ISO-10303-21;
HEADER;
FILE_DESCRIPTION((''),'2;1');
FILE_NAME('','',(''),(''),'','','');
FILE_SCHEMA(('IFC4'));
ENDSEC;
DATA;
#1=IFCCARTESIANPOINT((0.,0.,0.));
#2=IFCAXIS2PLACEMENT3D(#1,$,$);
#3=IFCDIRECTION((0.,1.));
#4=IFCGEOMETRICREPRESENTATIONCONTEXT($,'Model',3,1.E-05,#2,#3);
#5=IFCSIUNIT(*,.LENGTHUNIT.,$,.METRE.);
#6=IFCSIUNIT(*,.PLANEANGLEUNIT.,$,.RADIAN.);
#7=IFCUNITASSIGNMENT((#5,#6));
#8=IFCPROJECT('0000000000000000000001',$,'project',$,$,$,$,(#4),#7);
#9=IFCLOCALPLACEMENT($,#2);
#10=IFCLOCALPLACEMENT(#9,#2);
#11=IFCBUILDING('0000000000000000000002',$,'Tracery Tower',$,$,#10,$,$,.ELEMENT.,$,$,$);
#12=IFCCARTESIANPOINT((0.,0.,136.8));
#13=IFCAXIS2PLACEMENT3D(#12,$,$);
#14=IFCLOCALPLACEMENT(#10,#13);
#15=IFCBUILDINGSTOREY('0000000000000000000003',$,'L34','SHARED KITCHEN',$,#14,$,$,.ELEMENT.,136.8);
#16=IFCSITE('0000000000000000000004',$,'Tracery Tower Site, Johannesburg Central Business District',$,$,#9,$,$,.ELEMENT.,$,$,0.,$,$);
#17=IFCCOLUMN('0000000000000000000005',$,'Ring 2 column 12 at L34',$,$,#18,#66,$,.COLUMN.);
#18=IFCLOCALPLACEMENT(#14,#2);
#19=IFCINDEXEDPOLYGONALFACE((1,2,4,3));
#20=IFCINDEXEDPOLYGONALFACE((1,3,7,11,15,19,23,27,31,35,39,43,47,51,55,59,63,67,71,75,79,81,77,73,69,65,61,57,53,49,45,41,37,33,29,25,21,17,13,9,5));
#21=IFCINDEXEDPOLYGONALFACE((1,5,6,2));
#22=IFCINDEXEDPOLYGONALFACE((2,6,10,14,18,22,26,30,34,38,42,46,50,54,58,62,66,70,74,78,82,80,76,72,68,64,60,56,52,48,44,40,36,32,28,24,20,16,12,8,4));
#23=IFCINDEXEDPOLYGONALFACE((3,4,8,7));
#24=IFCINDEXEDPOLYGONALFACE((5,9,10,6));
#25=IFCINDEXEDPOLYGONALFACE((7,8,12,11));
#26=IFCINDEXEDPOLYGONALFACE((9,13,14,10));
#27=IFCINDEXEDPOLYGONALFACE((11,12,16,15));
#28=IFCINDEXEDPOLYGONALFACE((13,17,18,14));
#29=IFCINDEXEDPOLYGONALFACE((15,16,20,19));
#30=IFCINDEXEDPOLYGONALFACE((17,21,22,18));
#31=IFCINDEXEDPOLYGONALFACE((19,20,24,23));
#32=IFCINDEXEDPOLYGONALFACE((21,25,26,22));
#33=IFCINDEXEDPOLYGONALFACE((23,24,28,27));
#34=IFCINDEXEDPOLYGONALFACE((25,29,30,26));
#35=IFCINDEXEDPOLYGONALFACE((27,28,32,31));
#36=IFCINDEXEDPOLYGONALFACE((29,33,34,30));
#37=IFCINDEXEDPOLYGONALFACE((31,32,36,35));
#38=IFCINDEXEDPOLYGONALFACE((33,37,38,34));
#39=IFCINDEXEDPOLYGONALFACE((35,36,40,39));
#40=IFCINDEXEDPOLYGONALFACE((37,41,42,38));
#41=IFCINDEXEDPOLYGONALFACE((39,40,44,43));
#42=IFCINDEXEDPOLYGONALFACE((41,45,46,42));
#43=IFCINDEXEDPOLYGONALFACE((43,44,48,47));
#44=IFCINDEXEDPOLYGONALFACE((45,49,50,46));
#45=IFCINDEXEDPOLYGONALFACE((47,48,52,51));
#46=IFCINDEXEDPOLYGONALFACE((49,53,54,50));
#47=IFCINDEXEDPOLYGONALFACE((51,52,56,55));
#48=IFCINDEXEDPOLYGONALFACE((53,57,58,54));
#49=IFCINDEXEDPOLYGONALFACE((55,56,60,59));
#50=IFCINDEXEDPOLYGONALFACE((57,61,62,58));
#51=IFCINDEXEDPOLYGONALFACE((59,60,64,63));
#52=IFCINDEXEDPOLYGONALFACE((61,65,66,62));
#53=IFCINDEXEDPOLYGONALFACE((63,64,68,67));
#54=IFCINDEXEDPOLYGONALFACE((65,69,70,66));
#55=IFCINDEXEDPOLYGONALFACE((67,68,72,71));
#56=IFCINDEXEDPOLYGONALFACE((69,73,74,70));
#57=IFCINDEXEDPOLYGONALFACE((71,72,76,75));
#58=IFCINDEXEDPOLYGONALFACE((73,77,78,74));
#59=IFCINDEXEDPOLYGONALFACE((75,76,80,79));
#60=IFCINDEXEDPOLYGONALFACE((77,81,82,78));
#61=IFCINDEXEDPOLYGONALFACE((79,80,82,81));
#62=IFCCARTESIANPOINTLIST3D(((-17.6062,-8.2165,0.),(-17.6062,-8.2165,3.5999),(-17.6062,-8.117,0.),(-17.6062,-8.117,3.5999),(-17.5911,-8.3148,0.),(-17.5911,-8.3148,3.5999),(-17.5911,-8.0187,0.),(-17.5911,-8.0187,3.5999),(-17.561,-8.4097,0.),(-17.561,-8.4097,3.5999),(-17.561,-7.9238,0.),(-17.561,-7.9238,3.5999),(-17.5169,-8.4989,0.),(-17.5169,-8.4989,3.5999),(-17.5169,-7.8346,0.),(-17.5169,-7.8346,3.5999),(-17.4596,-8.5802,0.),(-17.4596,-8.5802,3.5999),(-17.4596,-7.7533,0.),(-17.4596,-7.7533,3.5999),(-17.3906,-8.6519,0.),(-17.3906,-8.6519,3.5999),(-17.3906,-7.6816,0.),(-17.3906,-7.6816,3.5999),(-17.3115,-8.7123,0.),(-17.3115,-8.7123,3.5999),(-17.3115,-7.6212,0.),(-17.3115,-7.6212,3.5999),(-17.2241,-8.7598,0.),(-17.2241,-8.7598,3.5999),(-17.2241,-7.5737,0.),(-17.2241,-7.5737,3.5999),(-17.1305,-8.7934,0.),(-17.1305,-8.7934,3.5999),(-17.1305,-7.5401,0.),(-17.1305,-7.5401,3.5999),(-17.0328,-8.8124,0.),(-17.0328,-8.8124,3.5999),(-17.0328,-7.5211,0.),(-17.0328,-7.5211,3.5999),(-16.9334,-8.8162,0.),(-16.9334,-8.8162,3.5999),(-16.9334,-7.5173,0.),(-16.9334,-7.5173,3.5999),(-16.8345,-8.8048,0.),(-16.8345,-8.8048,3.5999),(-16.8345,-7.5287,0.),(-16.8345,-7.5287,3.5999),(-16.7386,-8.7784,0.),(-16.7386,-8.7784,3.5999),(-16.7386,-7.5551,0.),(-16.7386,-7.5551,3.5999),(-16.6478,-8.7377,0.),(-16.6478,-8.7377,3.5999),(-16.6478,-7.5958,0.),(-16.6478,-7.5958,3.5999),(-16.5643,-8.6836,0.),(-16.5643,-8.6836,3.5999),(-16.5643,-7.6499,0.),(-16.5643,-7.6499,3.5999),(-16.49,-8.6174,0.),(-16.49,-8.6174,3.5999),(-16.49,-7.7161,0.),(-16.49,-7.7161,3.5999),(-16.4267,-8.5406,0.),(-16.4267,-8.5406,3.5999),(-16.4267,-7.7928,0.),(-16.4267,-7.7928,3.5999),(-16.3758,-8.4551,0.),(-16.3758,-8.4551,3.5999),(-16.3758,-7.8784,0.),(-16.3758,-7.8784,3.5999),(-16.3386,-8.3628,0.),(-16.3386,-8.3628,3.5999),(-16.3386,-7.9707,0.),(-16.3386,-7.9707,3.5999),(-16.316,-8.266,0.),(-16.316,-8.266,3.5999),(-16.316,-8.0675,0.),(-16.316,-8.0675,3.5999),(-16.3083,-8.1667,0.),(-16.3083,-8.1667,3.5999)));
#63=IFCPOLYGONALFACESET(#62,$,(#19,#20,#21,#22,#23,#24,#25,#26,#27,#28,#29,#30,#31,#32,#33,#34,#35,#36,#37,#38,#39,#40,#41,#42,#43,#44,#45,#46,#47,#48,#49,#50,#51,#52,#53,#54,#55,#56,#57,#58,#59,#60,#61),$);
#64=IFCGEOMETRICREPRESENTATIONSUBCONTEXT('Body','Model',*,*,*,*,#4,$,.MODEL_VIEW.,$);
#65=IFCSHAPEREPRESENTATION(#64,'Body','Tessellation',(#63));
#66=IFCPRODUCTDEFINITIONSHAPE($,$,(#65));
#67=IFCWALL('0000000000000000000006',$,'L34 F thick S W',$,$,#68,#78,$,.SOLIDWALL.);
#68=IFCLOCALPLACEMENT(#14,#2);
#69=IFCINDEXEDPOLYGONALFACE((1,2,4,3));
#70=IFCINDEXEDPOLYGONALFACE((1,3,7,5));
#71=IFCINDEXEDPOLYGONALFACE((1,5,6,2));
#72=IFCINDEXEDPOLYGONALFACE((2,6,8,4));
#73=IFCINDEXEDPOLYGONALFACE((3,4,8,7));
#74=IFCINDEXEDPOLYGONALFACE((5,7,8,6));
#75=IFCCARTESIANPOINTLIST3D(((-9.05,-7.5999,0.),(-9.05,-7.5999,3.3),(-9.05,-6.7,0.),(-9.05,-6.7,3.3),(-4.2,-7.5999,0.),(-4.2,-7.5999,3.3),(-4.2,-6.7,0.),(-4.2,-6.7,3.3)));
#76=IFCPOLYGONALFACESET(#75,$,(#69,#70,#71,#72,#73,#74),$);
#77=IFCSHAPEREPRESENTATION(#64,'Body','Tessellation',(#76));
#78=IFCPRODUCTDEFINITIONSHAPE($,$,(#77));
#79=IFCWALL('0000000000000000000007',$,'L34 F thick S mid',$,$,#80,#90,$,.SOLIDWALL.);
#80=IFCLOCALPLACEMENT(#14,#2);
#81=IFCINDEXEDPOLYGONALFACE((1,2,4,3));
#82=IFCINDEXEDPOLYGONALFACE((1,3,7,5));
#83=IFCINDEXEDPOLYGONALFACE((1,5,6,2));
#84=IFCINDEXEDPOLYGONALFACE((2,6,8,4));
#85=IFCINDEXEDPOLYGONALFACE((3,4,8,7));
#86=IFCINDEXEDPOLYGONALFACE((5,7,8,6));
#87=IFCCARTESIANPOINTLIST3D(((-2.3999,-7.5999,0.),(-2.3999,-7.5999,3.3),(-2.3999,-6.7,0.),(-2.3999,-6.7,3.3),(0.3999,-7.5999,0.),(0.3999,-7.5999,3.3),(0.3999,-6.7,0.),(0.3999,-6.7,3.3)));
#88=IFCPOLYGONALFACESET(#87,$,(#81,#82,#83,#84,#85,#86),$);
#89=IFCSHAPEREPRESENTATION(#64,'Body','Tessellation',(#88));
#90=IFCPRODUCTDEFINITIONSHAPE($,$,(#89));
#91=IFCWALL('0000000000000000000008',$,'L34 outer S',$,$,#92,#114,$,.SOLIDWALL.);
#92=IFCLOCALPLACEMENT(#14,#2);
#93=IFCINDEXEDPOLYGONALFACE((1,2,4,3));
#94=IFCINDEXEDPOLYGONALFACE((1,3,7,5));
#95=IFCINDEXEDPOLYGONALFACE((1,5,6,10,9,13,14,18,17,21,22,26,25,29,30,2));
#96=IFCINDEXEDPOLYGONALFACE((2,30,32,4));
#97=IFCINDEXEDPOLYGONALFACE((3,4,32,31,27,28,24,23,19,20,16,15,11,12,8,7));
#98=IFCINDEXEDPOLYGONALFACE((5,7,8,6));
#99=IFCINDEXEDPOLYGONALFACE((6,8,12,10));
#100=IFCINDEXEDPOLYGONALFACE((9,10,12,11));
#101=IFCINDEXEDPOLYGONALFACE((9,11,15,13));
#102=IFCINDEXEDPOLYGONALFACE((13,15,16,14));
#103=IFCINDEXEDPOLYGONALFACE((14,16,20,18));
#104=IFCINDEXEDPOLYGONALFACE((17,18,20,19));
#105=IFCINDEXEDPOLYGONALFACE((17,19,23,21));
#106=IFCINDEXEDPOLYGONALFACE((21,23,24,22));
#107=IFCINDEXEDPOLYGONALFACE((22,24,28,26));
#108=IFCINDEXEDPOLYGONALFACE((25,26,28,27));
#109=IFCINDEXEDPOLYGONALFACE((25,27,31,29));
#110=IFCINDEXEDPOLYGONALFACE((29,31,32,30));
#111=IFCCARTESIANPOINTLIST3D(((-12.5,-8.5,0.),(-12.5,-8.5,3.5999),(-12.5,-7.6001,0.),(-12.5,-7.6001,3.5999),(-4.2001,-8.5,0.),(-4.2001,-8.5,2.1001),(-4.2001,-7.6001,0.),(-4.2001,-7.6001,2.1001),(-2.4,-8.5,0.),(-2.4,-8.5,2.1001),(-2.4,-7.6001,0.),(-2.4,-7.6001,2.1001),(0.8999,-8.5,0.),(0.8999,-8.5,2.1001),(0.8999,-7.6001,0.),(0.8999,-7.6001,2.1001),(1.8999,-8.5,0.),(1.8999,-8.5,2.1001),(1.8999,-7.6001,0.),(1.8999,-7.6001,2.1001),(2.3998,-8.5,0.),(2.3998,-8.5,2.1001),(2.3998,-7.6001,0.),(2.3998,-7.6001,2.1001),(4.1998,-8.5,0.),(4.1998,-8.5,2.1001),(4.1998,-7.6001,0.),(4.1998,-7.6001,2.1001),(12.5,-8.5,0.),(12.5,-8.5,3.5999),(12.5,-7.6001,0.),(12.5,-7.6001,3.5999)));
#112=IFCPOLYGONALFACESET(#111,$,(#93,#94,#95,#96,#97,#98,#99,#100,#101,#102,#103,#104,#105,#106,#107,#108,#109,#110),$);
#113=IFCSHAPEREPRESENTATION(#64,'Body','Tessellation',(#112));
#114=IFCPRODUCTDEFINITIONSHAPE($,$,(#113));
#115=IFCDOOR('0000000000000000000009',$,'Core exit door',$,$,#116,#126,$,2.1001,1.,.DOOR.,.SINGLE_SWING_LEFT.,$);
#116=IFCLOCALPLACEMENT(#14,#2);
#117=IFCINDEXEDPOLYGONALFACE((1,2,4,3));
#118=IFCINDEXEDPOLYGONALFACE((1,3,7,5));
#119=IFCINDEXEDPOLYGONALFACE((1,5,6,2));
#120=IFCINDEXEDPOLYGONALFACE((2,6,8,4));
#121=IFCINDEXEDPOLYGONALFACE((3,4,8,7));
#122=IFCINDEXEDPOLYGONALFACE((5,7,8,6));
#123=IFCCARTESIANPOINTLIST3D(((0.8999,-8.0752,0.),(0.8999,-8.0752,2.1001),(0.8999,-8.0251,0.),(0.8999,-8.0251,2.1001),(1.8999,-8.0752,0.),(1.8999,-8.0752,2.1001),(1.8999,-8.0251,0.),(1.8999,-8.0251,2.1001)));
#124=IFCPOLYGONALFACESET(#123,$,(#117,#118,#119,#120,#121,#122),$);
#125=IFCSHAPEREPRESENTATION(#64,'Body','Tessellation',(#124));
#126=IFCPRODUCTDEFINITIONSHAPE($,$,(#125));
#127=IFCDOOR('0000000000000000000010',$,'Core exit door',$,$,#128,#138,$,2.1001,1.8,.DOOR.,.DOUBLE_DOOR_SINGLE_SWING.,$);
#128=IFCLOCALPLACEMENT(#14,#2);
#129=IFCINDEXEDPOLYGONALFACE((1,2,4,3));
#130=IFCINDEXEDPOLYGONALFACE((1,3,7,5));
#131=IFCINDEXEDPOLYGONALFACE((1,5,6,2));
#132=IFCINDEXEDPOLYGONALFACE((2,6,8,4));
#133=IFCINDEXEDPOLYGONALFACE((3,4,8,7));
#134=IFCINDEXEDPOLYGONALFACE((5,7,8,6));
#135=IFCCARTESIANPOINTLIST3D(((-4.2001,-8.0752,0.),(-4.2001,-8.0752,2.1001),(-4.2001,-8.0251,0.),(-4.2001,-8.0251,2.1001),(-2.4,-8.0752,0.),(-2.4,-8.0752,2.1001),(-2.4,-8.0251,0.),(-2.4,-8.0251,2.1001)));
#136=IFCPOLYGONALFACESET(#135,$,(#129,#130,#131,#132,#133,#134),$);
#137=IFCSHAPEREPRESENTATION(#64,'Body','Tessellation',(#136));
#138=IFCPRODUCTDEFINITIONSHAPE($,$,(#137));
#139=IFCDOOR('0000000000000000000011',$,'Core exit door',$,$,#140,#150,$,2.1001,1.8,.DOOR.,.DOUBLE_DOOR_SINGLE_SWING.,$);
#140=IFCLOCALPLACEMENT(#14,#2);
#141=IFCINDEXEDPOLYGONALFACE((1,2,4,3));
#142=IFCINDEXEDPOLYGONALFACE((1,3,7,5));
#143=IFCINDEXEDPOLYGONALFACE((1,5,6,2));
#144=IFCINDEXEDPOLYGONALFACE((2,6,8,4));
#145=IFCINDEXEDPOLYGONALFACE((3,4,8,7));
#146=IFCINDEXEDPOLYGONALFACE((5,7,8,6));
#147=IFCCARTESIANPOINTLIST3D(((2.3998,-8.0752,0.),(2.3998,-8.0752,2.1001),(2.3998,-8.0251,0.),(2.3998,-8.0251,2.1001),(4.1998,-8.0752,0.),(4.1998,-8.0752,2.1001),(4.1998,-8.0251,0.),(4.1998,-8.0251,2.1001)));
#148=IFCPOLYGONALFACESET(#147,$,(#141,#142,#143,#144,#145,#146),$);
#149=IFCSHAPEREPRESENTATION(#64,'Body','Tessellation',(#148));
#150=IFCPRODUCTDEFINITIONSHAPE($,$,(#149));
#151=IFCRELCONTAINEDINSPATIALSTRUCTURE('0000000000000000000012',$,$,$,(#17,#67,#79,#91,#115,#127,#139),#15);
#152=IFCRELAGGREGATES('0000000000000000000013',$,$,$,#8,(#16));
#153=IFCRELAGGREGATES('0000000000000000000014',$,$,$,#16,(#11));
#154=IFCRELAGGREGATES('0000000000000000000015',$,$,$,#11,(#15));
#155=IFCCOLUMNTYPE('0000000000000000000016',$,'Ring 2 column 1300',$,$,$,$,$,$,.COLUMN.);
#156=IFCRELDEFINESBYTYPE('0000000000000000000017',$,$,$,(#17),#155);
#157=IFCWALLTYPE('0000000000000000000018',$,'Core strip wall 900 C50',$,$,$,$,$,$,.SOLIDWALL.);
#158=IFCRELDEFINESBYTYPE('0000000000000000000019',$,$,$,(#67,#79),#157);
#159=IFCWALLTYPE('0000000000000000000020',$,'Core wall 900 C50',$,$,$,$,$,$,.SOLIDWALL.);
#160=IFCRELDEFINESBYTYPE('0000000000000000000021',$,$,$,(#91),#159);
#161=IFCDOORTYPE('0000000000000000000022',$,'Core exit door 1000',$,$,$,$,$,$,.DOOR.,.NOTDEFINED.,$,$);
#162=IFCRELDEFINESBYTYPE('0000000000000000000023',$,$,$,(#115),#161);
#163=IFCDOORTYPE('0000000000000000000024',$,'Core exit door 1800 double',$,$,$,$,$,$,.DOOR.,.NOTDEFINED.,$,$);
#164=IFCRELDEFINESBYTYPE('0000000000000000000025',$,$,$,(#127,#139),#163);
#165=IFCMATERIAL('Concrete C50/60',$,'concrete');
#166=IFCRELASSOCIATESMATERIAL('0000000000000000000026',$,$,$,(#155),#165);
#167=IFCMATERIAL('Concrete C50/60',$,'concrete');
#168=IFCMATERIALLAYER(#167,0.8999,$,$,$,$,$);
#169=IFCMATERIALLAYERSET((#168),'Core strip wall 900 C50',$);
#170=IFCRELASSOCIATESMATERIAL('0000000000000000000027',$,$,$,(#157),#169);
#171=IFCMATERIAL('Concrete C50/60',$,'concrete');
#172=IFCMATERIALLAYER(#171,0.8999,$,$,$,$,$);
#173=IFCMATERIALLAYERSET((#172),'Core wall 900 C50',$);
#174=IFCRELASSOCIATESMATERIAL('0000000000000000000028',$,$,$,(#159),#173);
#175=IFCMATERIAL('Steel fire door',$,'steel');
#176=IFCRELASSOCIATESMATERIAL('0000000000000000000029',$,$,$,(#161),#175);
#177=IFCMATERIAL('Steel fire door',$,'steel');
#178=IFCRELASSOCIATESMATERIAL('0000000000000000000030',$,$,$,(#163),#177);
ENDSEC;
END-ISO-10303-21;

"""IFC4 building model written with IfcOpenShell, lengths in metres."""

from ifc_helpers import new_model, si_unit, direction, frame, frame_2d, origin, origin_2d, place, context, subcontext, project, spatial, rectangle, circle, extrude, material, layer, layer_set, material_profile, profile_set, type_object, element, fill, save


model = new_model("IFC4")

# Units and contexts
model_context = context("Model", 3, precision=1e-05, world=origin(), true_north=direction((0.0, 1.0)))
body_context = subcontext(model_context, "Body", "Model", "MODEL_VIEW")
ifc_project = project(units=[si_unit("LENGTHUNIT", "METRE"), si_unit("PLANEANGLEUNIT", "RADIAN")], contexts=[model_context])

# Site, building, storey
site_placement = place(None, origin())
site = spatial("IfcSite", under=ifc_project, at=site_placement, Name="Tracery Tower Site, Johannesburg Central Business District", CompositionType="ELEMENT", RefElevation=0.0)
building_placement = place(site_placement, origin())
building = spatial("IfcBuilding", under=site, at=building_placement, Name="Tracery Tower", CompositionType="ELEMENT")
storey_placement = place(building_placement, frame((0.0, 0.0, 136.8)))
storey = spatial("IfcBuildingStorey", under=building, at=storey_placement, Name="L34", Description="SHARED KITCHEN", CompositionType="ELEMENT", Elevation=136.8)

# Column
ifc_material_1 = material(Name="Concrete C50/60", Category="concrete")
ifc_material_profile = material_profile(ifc_material_1, circle(Radius=0.6499, at=origin_2d()), Name="RC D1300")
ifc_profile_set = profile_set([ifc_material_profile], Name="Concrete C50/60")
column_type = type_object("IfcColumnType", Name="Ring 2 column 1300", PredefinedType="COLUMN", material=ifc_profile_set)
column_placement = place(storey_placement, frame((-16.9583, -8.1667, 0.0), z_axis=(0.0, 0.0, 1.0), x_axis=(1.0, 0.0, 0.0)))
element("IfcColumn", 1, at=column_placement, inside=storey, type_object=column_type, Name="Ring 2 column 12 at L34", PredefinedType="COLUMN", context=body_context, shape_type="SweptSolid", body=[
    extrude(circle(Radius=0.6499, at=origin_2d()), origin(), (0.0, 0.0, 1.0), 3.5999),
])

# Walls
ifc_material_2 = material(Name="Concrete C50/60", Category="concrete")
ifc_layer_1 = layer(ifc_material_2, 0.8999)
ifc_layer_set_1 = layer_set([ifc_layer_1], Name="Core strip wall 900 C50")
wall_type_1 = type_object("IfcWallType", Name="Core strip wall 900 C50", PredefinedType="SOLIDWALL", material=ifc_layer_set_1)
wall_1_placement = place(storey_placement, frame((-9.05, -7.1499, 0.0), z_axis=(0.0, 0.0, 1.0), x_axis=(1.0, 0.0, 0.0)))
element("IfcWall", 2, at=wall_1_placement, inside=storey, type_object=wall_type_1, Name="L34 F thick S W", PredefinedType="SOLIDWALL", context=body_context, shape_type="SweptSolid", body=[
    extrude(rectangle(XDim=4.8501, YDim=0.8999, at=frame_2d((2.425, 0.0))), origin(), (0.0, 0.0, 1.0), 3.3),
])
wall_2_placement = place(storey_placement, frame((-2.3999, -7.1499, 0.0), z_axis=(0.0, 0.0, 1.0), x_axis=(1.0, 0.0, 0.0)))
element("IfcWall", 3, at=wall_2_placement, inside=storey, type_object=wall_type_1, Name="L34 F thick S mid", PredefinedType="SOLIDWALL", context=body_context, shape_type="SweptSolid", body=[
    extrude(rectangle(XDim=2.7998, YDim=0.8999, at=frame_2d((1.3999, 0.0))), origin(), (0.0, 0.0, 1.0), 3.3),
])

# Wall, openings, doors
ifc_material_3 = material(Name="Concrete C50/60", Category="concrete")
ifc_layer_2 = layer(ifc_material_3, 0.8999)
ifc_layer_set_2 = layer_set([ifc_layer_2], Name="Core wall 900 C50")
wall_type_2 = type_object("IfcWallType", Name="Core wall 900 C50", PredefinedType="SOLIDWALL", material=ifc_layer_set_2)
wall_3_placement = place(storey_placement, frame((-12.5, -8.05, 0.0), z_axis=(0.0, 0.0, 1.0), x_axis=(1.0, 0.0, 0.0)))
wall_3 = element("IfcWall", 4, at=wall_3_placement, inside=storey, type_object=wall_type_2, Name="L34 outer S", PredefinedType="SOLIDWALL", context=body_context, shape_type="SweptSolid", body=[
    extrude(rectangle(XDim=25.0, YDim=0.8999, at=frame_2d((12.5, 0.0))), origin(), (0.0, 0.0, 1.0), 3.5999),
])
opening_1_placement = place(wall_3_placement, frame((13.3999, 0.0, 0.0)))
opening_1 = element("IfcOpeningElement", 5, at=opening_1_placement, cuts=wall_3, PredefinedType="OPENING", context=body_context, shape_type="SweptSolid", body=[
    extrude(rectangle(XDim=1.0, YDim=2.1001, at=frame_2d((0.5, 1.05))), frame((0.0, 0.45, 0.0), z_axis=(0.0, -1.0, 0.0), x_axis=(1.0, 0.0, 0.0)), (0.0, 0.0, 1.0), 0.8999),
])
opening_2_placement = place(wall_3_placement, frame((8.3, 0.0, 0.0)))
opening_2 = element("IfcOpeningElement", 6, at=opening_2_placement, cuts=wall_3, PredefinedType="OPENING", context=body_context, shape_type="SweptSolid", body=[
    extrude(rectangle(XDim=1.8, YDim=2.1001, at=frame_2d((0.8999, 1.05))), frame((0.0, 0.45, 0.0), z_axis=(0.0, -1.0, 0.0), x_axis=(1.0, 0.0, 0.0)), (0.0, 0.0, 1.0), 0.8999),
])
opening_3_placement = place(wall_3_placement, frame((14.8999, 0.0, 0.0)))
opening_3 = element("IfcOpeningElement", 7, at=opening_3_placement, cuts=wall_3, PredefinedType="OPENING", context=body_context, shape_type="SweptSolid", body=[
    extrude(rectangle(XDim=1.8, YDim=2.1001, at=frame_2d((0.8999, 1.05))), frame((0.0, 0.45, 0.0), z_axis=(0.0, -1.0, 0.0), x_axis=(1.0, 0.0, 0.0)), (0.0, 0.0, 1.0), 0.8999),
])
ifc_material_4 = material(Name="Steel fire door", Category="steel")
door_type_1 = type_object("IfcDoorType", Name="Core exit door 1000", OperationType="NOTDEFINED", PredefinedType="DOOR", material=ifc_material_4)
door_1_placement = place(opening_1_placement, origin())
door_1 = element("IfcDoor", 8, at=door_1_placement, inside=storey, type_object=door_type_1, Name="Core exit door", OperationType="SINGLE_SWING_LEFT", OverallHeight=2.1001, OverallWidth=1.0, PredefinedType="DOOR", context=body_context, shape_type="SweptSolid", body=[
    extrude(rectangle(XDim=1.0, YDim=2.1001, at=frame_2d((0.5, 1.05))), frame((0.0, 0.0249, 0.0), z_axis=(0.0, -1.0, 0.0), x_axis=(1.0, 0.0, 0.0)), (0.0, 0.0, 1.0), 0.05),
])
fill(opening_1, door_1)
ifc_material_5 = material(Name="Steel fire door", Category="steel")
door_type_2 = type_object("IfcDoorType", Name="Core exit door 1800 double", OperationType="NOTDEFINED", PredefinedType="DOOR", material=ifc_material_5)
door_2_placement = place(opening_2_placement, origin())
door_2 = element("IfcDoor", 9, at=door_2_placement, inside=storey, type_object=door_type_2, Name="Core exit door", OperationType="DOUBLE_DOOR_SINGLE_SWING", OverallHeight=2.1001, OverallWidth=1.8, PredefinedType="DOOR", context=body_context, shape_type="SweptSolid", body=[
    extrude(rectangle(XDim=1.8, YDim=2.1001, at=frame_2d((0.8999, 1.05))), frame((0.0, 0.0249, 0.0), z_axis=(0.0, -1.0, 0.0), x_axis=(1.0, 0.0, 0.0)), (0.0, 0.0, 1.0), 0.05),
])
fill(opening_2, door_2)
door_3_placement = place(opening_3_placement, origin())
door_3 = element("IfcDoor", 10, at=door_3_placement, inside=storey, type_object=door_type_2, Name="Core exit door", OperationType="DOUBLE_DOOR_SINGLE_SWING", OverallHeight=2.1001, OverallWidth=1.8, PredefinedType="DOOR", context=body_context, shape_type="SweptSolid", body=[
    extrude(rectangle(XDim=1.8, YDim=2.1001, at=frame_2d((0.8999, 1.05))), frame((0.0, 0.0249, 0.0), z_axis=(0.0, -1.0, 0.0), x_axis=(1.0, 0.0, 0.0)), (0.0, 0.0, 1.0), 0.05),
])
fill(opening_3, door_3)

save(model, "model.ifc")
